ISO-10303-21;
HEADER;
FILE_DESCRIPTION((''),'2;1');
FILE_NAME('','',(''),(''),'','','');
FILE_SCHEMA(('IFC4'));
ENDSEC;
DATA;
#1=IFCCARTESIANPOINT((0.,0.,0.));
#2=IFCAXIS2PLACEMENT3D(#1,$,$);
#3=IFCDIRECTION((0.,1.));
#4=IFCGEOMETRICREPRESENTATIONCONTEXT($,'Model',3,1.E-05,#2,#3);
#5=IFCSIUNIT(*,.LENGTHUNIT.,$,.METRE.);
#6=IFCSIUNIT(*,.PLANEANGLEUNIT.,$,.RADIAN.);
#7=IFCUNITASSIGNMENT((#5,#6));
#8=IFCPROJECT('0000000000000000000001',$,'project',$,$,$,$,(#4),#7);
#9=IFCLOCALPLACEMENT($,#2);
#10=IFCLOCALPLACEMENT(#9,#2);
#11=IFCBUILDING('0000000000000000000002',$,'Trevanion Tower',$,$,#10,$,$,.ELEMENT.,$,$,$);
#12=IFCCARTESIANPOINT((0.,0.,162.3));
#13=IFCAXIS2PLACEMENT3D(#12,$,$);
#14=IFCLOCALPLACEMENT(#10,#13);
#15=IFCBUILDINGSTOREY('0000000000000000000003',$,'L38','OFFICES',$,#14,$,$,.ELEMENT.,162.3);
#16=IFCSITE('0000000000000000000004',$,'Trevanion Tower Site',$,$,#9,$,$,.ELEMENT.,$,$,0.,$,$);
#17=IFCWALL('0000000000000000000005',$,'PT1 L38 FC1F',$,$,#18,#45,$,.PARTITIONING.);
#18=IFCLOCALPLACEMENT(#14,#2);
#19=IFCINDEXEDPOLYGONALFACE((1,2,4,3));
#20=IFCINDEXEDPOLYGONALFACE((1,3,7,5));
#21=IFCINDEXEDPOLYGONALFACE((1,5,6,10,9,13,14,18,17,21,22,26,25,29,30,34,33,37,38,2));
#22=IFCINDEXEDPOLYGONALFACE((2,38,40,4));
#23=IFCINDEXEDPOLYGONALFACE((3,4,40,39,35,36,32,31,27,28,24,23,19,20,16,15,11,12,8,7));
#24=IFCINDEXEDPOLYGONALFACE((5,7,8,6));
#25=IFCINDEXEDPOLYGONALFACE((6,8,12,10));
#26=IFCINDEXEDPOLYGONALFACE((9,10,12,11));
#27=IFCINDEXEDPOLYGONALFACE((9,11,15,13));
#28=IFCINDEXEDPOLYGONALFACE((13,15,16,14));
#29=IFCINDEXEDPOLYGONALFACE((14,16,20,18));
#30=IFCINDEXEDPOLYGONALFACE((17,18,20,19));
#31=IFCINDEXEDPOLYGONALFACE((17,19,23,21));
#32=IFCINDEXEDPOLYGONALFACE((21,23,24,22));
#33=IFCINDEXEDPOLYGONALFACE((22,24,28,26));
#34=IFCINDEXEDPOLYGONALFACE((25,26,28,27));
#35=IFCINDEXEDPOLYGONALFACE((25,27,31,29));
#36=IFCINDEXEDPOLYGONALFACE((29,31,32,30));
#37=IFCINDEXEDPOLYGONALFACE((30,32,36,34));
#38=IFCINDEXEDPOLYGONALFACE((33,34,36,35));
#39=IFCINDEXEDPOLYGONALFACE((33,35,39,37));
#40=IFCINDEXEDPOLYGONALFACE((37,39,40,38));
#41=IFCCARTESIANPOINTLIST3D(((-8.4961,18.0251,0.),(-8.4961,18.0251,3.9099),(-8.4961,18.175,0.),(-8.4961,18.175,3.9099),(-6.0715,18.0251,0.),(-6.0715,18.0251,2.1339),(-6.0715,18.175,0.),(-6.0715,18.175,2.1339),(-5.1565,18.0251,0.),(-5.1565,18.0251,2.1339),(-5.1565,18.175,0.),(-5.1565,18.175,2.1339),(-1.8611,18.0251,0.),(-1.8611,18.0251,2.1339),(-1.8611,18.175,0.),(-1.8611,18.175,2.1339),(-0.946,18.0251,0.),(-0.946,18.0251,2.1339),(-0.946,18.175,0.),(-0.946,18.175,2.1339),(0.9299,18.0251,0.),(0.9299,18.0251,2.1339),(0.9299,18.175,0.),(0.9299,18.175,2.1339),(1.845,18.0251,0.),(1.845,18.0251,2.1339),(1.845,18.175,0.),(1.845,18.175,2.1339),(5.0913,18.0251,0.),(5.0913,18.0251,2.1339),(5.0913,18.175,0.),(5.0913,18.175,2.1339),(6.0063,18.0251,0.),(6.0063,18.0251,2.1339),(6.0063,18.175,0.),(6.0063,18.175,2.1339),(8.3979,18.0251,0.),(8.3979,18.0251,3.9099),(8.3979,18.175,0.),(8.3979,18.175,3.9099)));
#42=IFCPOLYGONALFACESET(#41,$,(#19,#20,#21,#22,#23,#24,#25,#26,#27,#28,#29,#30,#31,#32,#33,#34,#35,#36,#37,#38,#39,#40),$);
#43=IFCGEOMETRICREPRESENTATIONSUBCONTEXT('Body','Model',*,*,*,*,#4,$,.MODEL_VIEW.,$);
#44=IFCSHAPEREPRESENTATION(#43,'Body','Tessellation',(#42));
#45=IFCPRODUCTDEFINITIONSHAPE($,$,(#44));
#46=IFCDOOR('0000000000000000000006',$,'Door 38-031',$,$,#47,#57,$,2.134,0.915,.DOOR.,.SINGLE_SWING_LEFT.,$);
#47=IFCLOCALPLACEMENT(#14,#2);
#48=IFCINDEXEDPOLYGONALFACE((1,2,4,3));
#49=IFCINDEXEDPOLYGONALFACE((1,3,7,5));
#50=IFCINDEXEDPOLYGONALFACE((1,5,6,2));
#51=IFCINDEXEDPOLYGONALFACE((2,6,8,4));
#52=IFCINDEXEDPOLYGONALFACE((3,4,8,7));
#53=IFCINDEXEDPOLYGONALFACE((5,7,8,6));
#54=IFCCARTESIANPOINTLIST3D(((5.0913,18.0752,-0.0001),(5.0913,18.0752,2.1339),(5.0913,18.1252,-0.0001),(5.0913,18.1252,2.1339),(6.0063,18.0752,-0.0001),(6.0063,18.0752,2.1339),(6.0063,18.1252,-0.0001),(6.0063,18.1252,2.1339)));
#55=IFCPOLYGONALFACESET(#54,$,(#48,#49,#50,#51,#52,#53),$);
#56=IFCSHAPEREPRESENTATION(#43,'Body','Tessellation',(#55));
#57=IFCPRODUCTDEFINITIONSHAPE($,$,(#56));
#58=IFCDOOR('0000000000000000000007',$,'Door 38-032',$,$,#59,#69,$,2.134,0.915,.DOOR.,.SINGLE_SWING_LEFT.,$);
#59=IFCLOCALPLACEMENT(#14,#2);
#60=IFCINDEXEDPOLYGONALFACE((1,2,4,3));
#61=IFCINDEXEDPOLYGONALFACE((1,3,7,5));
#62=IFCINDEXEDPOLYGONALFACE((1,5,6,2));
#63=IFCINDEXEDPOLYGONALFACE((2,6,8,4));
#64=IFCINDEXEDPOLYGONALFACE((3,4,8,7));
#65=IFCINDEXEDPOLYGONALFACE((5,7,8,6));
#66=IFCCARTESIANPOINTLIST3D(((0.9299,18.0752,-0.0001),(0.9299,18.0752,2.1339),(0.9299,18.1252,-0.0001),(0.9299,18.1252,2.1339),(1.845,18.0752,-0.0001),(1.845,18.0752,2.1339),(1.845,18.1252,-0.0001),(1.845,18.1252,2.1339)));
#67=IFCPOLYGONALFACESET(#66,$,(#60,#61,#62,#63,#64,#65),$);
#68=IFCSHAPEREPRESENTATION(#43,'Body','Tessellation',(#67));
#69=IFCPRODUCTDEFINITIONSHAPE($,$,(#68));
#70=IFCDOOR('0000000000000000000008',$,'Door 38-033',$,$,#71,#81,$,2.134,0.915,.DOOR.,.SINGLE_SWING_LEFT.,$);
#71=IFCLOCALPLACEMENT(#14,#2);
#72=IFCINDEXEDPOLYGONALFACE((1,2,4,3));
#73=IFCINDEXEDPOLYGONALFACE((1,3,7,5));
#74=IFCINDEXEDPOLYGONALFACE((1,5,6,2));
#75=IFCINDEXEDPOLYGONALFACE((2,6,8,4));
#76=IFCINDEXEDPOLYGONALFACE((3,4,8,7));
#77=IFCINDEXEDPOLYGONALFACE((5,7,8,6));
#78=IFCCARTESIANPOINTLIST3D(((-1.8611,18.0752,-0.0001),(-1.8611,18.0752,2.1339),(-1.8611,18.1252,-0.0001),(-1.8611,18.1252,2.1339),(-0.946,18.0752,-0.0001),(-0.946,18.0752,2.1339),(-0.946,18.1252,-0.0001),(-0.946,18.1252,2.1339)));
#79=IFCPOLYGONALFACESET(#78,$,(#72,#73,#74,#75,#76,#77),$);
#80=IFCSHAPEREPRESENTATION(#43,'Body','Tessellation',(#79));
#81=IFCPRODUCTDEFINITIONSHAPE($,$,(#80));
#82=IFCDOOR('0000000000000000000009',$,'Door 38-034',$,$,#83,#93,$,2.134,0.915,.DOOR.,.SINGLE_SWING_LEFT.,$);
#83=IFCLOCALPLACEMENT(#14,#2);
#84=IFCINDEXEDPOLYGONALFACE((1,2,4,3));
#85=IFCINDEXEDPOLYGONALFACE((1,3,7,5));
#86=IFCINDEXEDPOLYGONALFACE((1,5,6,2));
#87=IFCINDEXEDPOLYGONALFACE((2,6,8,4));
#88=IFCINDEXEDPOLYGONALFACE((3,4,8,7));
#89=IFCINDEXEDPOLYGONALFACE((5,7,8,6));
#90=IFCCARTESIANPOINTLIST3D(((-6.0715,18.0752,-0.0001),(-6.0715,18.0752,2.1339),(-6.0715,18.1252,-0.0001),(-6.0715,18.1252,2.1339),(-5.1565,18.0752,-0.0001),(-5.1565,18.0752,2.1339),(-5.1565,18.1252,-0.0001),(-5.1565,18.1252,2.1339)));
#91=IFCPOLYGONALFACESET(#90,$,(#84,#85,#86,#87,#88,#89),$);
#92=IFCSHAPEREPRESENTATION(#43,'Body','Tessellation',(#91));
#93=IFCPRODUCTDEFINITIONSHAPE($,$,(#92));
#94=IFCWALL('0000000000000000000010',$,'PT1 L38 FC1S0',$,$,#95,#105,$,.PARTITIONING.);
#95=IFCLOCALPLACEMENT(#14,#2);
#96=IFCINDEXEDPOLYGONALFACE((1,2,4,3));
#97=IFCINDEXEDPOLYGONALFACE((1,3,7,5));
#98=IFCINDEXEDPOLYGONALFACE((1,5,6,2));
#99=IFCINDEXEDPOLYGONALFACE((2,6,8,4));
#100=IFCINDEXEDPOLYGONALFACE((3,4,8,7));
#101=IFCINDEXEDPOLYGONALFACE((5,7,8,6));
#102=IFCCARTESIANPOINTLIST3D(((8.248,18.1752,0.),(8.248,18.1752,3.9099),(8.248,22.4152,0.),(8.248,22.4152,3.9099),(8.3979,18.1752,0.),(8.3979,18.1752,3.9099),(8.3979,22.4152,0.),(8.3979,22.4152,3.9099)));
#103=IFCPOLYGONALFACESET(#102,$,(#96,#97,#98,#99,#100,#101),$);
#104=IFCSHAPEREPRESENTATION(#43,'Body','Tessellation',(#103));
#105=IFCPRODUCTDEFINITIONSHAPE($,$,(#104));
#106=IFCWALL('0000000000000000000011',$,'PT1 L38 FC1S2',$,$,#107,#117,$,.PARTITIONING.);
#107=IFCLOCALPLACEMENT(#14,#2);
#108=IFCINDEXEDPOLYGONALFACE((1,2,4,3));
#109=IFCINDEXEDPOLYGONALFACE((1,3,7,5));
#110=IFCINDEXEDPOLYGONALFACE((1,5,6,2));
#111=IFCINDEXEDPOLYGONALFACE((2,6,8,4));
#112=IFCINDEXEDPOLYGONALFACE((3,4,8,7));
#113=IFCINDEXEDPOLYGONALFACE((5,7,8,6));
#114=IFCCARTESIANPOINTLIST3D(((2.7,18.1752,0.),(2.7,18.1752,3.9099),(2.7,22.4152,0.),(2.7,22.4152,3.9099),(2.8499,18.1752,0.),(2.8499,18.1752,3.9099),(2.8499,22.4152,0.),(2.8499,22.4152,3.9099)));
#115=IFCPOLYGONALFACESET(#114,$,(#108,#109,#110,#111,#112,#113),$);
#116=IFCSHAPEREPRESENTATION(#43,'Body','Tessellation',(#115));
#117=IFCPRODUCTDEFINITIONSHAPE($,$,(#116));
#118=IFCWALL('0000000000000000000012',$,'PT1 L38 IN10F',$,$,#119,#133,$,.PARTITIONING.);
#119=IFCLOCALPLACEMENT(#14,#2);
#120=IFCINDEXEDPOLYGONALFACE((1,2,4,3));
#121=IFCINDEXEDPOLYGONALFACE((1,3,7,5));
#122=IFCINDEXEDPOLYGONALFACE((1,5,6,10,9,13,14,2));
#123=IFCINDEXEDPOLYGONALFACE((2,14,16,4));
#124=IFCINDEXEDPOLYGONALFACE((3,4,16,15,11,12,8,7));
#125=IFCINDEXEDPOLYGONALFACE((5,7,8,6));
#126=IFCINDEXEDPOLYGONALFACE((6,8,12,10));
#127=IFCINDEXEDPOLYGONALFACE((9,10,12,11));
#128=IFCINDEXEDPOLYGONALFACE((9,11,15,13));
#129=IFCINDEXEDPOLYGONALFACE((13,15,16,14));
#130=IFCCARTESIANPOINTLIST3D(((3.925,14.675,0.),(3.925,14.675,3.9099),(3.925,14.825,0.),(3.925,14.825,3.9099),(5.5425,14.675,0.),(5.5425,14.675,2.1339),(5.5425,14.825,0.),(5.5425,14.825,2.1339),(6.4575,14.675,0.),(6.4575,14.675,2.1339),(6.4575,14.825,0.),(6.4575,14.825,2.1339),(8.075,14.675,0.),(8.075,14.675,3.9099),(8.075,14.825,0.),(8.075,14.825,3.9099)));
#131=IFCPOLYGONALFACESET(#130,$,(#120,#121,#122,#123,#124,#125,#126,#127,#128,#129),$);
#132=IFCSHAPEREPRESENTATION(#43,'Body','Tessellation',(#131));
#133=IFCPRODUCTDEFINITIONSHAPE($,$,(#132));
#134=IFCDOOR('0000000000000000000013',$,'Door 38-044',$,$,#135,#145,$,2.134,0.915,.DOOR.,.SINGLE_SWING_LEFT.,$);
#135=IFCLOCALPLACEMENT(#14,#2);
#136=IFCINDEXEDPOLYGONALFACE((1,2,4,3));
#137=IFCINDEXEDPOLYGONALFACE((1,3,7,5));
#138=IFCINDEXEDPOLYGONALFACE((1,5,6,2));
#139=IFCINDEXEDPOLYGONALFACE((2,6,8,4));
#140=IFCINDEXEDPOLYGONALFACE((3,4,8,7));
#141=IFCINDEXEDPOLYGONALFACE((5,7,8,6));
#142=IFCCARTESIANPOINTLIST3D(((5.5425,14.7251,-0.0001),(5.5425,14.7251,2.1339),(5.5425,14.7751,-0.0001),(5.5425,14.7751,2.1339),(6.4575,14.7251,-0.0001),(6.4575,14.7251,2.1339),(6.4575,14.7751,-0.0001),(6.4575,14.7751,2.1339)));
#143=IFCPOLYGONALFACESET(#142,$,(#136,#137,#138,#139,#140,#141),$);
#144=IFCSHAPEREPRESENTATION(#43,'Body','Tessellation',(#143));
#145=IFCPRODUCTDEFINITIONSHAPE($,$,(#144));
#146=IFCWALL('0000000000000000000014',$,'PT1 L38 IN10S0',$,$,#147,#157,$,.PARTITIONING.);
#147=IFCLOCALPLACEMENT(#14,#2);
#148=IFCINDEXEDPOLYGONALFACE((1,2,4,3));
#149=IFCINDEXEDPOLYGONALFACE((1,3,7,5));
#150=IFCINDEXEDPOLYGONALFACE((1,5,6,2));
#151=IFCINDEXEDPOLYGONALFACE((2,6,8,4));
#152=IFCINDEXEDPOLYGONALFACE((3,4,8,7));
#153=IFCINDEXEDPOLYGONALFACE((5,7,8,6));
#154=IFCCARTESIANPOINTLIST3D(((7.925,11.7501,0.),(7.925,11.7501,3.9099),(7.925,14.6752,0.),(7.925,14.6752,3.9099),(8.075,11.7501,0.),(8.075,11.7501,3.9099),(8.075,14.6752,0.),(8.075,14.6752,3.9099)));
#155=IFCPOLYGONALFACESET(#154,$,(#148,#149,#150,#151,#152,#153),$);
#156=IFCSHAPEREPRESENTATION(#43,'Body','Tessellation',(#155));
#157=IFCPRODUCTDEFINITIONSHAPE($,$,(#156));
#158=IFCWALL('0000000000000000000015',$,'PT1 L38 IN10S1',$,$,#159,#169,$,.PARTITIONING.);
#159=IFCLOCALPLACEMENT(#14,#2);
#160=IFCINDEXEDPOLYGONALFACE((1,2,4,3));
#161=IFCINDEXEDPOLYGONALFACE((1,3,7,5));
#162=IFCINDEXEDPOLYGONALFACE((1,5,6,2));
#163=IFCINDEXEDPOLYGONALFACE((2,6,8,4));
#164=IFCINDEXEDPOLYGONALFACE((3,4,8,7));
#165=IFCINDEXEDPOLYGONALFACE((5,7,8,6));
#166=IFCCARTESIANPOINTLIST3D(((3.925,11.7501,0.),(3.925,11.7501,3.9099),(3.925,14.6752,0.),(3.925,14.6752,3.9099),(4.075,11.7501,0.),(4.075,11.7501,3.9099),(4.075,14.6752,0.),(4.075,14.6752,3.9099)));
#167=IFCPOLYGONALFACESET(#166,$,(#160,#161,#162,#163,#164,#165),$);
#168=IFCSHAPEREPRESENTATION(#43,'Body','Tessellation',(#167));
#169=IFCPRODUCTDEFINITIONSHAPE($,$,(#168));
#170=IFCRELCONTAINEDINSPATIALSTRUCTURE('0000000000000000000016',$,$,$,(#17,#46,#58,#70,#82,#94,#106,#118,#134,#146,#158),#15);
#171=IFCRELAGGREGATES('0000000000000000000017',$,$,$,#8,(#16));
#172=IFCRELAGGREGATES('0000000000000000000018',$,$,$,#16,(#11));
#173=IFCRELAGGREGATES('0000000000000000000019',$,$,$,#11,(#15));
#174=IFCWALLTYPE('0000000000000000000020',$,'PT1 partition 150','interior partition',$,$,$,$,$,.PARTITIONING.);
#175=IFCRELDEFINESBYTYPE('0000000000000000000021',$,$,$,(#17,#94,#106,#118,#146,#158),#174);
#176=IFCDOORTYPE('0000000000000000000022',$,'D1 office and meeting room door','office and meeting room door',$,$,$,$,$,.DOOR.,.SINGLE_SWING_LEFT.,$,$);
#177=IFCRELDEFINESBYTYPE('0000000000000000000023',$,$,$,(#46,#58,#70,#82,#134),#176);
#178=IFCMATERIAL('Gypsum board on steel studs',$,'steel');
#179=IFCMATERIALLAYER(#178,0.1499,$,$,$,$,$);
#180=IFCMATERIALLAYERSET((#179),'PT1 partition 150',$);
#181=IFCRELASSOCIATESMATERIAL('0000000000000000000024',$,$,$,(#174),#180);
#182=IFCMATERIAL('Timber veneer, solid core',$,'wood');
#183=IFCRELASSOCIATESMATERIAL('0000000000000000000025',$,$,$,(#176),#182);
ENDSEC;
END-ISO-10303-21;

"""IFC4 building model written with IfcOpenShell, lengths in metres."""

from ifc_helpers import new_model, si_unit, direction, frame, frame_2d, origin, place, context, subcontext, project, spatial, rectangle, extrude, material, layer, layer_set, type_object, element, fill, save


model = new_model("IFC4")

# Units and contexts
model_context = context("Model", 3, precision=1e-05, world=origin(), true_north=direction((0.0, 1.0)))
body_context = subcontext(model_context, "Body", "Model", "MODEL_VIEW")
ifc_project = project(units=[si_unit("LENGTHUNIT", "METRE"), si_unit("PLANEANGLEUNIT", "RADIAN")], contexts=[model_context])

# Site, building, storey
site_placement = place(None, origin())
site = spatial("IfcSite", under=ifc_project, at=site_placement, Name="Trevanion Tower Site", CompositionType="ELEMENT", RefElevation=0.0)
building_placement = place(site_placement, origin())
building = spatial("IfcBuilding", under=site, at=building_placement, Name="Trevanion Tower", CompositionType="ELEMENT")
storey_placement = place(building_placement, frame((0.0, 0.0, 162.3)))
storey = spatial("IfcBuildingStorey", under=building, at=storey_placement, Name="L38", Description="OFFICES", CompositionType="ELEMENT", Elevation=162.3)

# Shared definitions
ifc_material_1 = material(Name="Gypsum board on steel studs", Category="steel")
ifc_layer_1 = layer(ifc_material_1, 0.1499)
ifc_layer_set_1 = layer_set([ifc_layer_1], Name="PT1 partition 150")
wall_type = type_object("IfcWallType", Name="PT1 partition 150", Description="interior partition", PredefinedType="PARTITIONING", material=ifc_layer_set_1)
ifc_material_2 = material(Name="Timber veneer, solid core", Category="wood")
door_type = type_object("IfcDoorType", Name="D1 office and meeting room door", Description="office and meeting room door", OperationType="SINGLE_SWING_LEFT", PredefinedType="DOOR", material=ifc_material_2)

# Wall, openings, doors
wall_1_placement = place(storey_placement, frame((8.3979, 18.1001, 0.0), z_axis=(0.0, 0.0, 1.0), x_axis=(-1.0, 0.0, 0.0)))
wall_1 = element("IfcWall", 1, at=wall_1_placement, inside=storey, type_object=wall_type, Name="PT1 L38 FC1F", PredefinedType="PARTITIONING", context=body_context, shape_type="SweptSolid", body=[
    extrude(rectangle(XDim=16.894, YDim=0.1499, at=frame_2d((8.447, 0.0))), origin(), (0.0, 0.0, 1.0), 3.9099),
])
opening_1_placement = place(wall_1_placement, frame((2.3916, 0.0, 0.0)))
opening_1 = element("IfcOpeningElement", 2, at=opening_1_placement, cuts=wall_1, PredefinedType="OPENING", context=body_context, shape_type="SweptSolid", body=[
    extrude(rectangle(XDim=0.915, YDim=2.134, at=frame_2d((0.4575, 1.0669))), frame((0.0, 0.085, 0.0), z_axis=(0.0, -1.0, 0.0), x_axis=(1.0, 0.0, 0.0)), (0.0, 0.0, 1.0), 0.1699),
])
opening_2_placement = place(wall_1_placement, frame((6.553, 0.0, 0.0)))
opening_2 = element("IfcOpeningElement", 3, at=opening_2_placement, cuts=wall_1, PredefinedType="OPENING", context=body_context, shape_type="SweptSolid", body=[
    extrude(rectangle(XDim=0.915, YDim=2.134, at=frame_2d((0.4575, 1.0669))), frame((0.0, 0.085, 0.0), z_axis=(0.0, -1.0, 0.0), x_axis=(1.0, 0.0, 0.0)), (0.0, 0.0, 1.0), 0.1699),
])
opening_3_placement = place(wall_1_placement, frame((9.344, 0.0, 0.0)))
opening_3 = element("IfcOpeningElement", 4, at=opening_3_placement, cuts=wall_1, PredefinedType="OPENING", context=body_context, shape_type="SweptSolid", body=[
    extrude(rectangle(XDim=0.915, YDim=2.134, at=frame_2d((0.4575, 1.0669))), frame((0.0, 0.085, 0.0), z_axis=(0.0, -1.0, 0.0), x_axis=(1.0, 0.0, 0.0)), (0.0, 0.0, 1.0), 0.1699),
])
opening_4_placement = place(wall_1_placement, frame((13.5544, 0.0, 0.0)))
opening_4 = element("IfcOpeningElement", 5, at=opening_4_placement, cuts=wall_1, PredefinedType="OPENING", context=body_context, shape_type="SweptSolid", body=[
    extrude(rectangle(XDim=0.915, YDim=2.134, at=frame_2d((0.4575, 1.0669))), frame((0.0, 0.085, 0.0), z_axis=(0.0, -1.0, 0.0), x_axis=(1.0, 0.0, 0.0)), (0.0, 0.0, 1.0), 0.1699),
])
door_1_placement = place(opening_1_placement, origin())
door_1 = element("IfcDoor", 6, at=door_1_placement, inside=storey, type_object=door_type, Name="Door 38-031", OperationType="SINGLE_SWING_LEFT", OverallHeight=2.134, OverallWidth=0.915, PredefinedType="DOOR", context=body_context, shape_type="SweptSolid", body=[
    extrude(rectangle(XDim=0.915, YDim=2.134, at=frame_2d((0.4575, 1.0669))), frame((0.0, 0.0249, 0.0), z_axis=(0.0, -1.0, 0.0), x_axis=(1.0, 0.0, 0.0)), (0.0, 0.0, 1.0), 0.05),
])
fill(opening_1, door_1)
door_2_placement = place(opening_2_placement, origin())
door_2 = element("IfcDoor", 7, at=door_2_placement, inside=storey, type_object=door_type, Name="Door 38-032", OperationType="SINGLE_SWING_LEFT", OverallHeight=2.134, OverallWidth=0.915, PredefinedType="DOOR", context=body_context, shape_type="SweptSolid", body=[
    extrude(rectangle(XDim=0.915, YDim=2.134, at=frame_2d((0.4575, 1.0669))), frame((0.0, 0.0249, 0.0), z_axis=(0.0, -1.0, 0.0), x_axis=(1.0, 0.0, 0.0)), (0.0, 0.0, 1.0), 0.05),
])
fill(opening_2, door_2)
door_3_placement = place(opening_3_placement, origin())
door_3 = element("IfcDoor", 8, at=door_3_placement, inside=storey, type_object=door_type, Name="Door 38-033", OperationType="SINGLE_SWING_LEFT", OverallHeight=2.134, OverallWidth=0.915, PredefinedType="DOOR", context=body_context, shape_type="SweptSolid", body=[
    extrude(rectangle(XDim=0.915, YDim=2.134, at=frame_2d((0.4575, 1.0669))), frame((0.0, 0.0249, 0.0), z_axis=(0.0, -1.0, 0.0), x_axis=(1.0, 0.0, 0.0)), (0.0, 0.0, 1.0), 0.05),
])
fill(opening_3, door_3)
door_4_placement = place(opening_4_placement, origin())
door_4 = element("IfcDoor", 9, at=door_4_placement, inside=storey, type_object=door_type, Name="Door 38-034", OperationType="SINGLE_SWING_LEFT", OverallHeight=2.134, OverallWidth=0.915, PredefinedType="DOOR", context=body_context, shape_type="SweptSolid", body=[
    extrude(rectangle(XDim=0.915, YDim=2.134, at=frame_2d((0.4575, 1.0669))), frame((0.0, 0.0249, 0.0), z_axis=(0.0, -1.0, 0.0), x_axis=(1.0, 0.0, 0.0)), (0.0, 0.0, 1.0), 0.05),
])
fill(opening_4, door_4)

# Walls
for number, where, z_axis, x_axis, name in (
    (10, (8.323, 18.175, 0.0), (0.0, 0.0, 1.0), (0.0, 1.0, 0.0), "PT1 L38 FC1S0"),
    (11, (2.7749, 18.175, 0.0), (0.0, 0.0, 1.0), (0.0, 1.0, 0.0), "PT1 L38 FC1S2"),
):
    element("IfcWall", number, at=place(storey_placement, frame(where, z_axis=z_axis, x_axis=x_axis)), inside=storey, type_object=wall_type, Name=name, PredefinedType="PARTITIONING", context=body_context, shape_type="SweptSolid", body=[
        extrude(rectangle(XDim=4.24, YDim=0.1499, at=frame_2d((2.1201, 0.0))), origin(), (0.0, 0.0, 1.0), 3.9099),
    ])

# Wall, opening, door
wall_2_placement = place(storey_placement, frame((8.075, 14.75, 0.0), z_axis=(0.0, 0.0, 1.0), x_axis=(-1.0, 0.0, 0.0)))
wall_2 = element("IfcWall", 12, at=wall_2_placement, inside=storey, type_object=wall_type, Name="PT1 L38 IN10F", PredefinedType="PARTITIONING", context=body_context, shape_type="SweptSolid", body=[
    extrude(rectangle(XDim=4.1499, YDim=0.1499, at=frame_2d((2.075, 0.0))), origin(), (0.0, 0.0, 1.0), 3.9099),
])
opening_5_placement = place(wall_2_placement, frame((1.6174, 0.0, 0.0)))
opening_5 = element("IfcOpeningElement", 13, at=opening_5_placement, cuts=wall_2, PredefinedType="OPENING", context=body_context, shape_type="SweptSolid", body=[
    extrude(rectangle(XDim=0.915, YDim=2.134, at=frame_2d((0.4575, 1.0669))), frame((0.0, 0.085, 0.0), z_axis=(0.0, -1.0, 0.0), x_axis=(1.0, 0.0, 0.0)), (0.0, 0.0, 1.0), 0.1699),
])
door_5_placement = place(opening_5_placement, origin())
door_5 = element("IfcDoor", 14, at=door_5_placement, inside=storey, type_object=door_type, Name="Door 38-044", OperationType="SINGLE_SWING_LEFT", OverallHeight=2.134, OverallWidth=0.915, PredefinedType="DOOR", context=body_context, shape_type="SweptSolid", body=[
    extrude(rectangle(XDim=0.915, YDim=2.134, at=frame_2d((0.4575, 1.0669))), frame((0.0, 0.0249, 0.0), z_axis=(0.0, -1.0, 0.0), x_axis=(1.0, 0.0, 0.0)), (0.0, 0.0, 1.0), 0.05),
])
fill(opening_5, door_5)

# Walls
for number, where, z_axis, x_axis, name in (
    (15, (8.0, 14.675, 0.0), (0.0, 0.0, 1.0), (0.0, -1.0, 0.0), "PT1 L38 IN10S0"),
    (16, (4.0, 14.675, 0.0), (0.0, 0.0, 1.0), (0.0, -1.0, 0.0), "PT1 L38 IN10S1"),
):
    element("IfcWall", number, at=place(storey_placement, frame(where, z_axis=z_axis, x_axis=x_axis)), inside=storey, type_object=wall_type, Name=name, PredefinedType="PARTITIONING", context=body_context, shape_type="SweptSolid", body=[
        extrude(rectangle(XDim=2.925, YDim=0.1499, at=frame_2d((1.4624, 0.0))), origin(), (0.0, 0.0, 1.0), 3.9099),
    ])

save(model, "model.ifc")
